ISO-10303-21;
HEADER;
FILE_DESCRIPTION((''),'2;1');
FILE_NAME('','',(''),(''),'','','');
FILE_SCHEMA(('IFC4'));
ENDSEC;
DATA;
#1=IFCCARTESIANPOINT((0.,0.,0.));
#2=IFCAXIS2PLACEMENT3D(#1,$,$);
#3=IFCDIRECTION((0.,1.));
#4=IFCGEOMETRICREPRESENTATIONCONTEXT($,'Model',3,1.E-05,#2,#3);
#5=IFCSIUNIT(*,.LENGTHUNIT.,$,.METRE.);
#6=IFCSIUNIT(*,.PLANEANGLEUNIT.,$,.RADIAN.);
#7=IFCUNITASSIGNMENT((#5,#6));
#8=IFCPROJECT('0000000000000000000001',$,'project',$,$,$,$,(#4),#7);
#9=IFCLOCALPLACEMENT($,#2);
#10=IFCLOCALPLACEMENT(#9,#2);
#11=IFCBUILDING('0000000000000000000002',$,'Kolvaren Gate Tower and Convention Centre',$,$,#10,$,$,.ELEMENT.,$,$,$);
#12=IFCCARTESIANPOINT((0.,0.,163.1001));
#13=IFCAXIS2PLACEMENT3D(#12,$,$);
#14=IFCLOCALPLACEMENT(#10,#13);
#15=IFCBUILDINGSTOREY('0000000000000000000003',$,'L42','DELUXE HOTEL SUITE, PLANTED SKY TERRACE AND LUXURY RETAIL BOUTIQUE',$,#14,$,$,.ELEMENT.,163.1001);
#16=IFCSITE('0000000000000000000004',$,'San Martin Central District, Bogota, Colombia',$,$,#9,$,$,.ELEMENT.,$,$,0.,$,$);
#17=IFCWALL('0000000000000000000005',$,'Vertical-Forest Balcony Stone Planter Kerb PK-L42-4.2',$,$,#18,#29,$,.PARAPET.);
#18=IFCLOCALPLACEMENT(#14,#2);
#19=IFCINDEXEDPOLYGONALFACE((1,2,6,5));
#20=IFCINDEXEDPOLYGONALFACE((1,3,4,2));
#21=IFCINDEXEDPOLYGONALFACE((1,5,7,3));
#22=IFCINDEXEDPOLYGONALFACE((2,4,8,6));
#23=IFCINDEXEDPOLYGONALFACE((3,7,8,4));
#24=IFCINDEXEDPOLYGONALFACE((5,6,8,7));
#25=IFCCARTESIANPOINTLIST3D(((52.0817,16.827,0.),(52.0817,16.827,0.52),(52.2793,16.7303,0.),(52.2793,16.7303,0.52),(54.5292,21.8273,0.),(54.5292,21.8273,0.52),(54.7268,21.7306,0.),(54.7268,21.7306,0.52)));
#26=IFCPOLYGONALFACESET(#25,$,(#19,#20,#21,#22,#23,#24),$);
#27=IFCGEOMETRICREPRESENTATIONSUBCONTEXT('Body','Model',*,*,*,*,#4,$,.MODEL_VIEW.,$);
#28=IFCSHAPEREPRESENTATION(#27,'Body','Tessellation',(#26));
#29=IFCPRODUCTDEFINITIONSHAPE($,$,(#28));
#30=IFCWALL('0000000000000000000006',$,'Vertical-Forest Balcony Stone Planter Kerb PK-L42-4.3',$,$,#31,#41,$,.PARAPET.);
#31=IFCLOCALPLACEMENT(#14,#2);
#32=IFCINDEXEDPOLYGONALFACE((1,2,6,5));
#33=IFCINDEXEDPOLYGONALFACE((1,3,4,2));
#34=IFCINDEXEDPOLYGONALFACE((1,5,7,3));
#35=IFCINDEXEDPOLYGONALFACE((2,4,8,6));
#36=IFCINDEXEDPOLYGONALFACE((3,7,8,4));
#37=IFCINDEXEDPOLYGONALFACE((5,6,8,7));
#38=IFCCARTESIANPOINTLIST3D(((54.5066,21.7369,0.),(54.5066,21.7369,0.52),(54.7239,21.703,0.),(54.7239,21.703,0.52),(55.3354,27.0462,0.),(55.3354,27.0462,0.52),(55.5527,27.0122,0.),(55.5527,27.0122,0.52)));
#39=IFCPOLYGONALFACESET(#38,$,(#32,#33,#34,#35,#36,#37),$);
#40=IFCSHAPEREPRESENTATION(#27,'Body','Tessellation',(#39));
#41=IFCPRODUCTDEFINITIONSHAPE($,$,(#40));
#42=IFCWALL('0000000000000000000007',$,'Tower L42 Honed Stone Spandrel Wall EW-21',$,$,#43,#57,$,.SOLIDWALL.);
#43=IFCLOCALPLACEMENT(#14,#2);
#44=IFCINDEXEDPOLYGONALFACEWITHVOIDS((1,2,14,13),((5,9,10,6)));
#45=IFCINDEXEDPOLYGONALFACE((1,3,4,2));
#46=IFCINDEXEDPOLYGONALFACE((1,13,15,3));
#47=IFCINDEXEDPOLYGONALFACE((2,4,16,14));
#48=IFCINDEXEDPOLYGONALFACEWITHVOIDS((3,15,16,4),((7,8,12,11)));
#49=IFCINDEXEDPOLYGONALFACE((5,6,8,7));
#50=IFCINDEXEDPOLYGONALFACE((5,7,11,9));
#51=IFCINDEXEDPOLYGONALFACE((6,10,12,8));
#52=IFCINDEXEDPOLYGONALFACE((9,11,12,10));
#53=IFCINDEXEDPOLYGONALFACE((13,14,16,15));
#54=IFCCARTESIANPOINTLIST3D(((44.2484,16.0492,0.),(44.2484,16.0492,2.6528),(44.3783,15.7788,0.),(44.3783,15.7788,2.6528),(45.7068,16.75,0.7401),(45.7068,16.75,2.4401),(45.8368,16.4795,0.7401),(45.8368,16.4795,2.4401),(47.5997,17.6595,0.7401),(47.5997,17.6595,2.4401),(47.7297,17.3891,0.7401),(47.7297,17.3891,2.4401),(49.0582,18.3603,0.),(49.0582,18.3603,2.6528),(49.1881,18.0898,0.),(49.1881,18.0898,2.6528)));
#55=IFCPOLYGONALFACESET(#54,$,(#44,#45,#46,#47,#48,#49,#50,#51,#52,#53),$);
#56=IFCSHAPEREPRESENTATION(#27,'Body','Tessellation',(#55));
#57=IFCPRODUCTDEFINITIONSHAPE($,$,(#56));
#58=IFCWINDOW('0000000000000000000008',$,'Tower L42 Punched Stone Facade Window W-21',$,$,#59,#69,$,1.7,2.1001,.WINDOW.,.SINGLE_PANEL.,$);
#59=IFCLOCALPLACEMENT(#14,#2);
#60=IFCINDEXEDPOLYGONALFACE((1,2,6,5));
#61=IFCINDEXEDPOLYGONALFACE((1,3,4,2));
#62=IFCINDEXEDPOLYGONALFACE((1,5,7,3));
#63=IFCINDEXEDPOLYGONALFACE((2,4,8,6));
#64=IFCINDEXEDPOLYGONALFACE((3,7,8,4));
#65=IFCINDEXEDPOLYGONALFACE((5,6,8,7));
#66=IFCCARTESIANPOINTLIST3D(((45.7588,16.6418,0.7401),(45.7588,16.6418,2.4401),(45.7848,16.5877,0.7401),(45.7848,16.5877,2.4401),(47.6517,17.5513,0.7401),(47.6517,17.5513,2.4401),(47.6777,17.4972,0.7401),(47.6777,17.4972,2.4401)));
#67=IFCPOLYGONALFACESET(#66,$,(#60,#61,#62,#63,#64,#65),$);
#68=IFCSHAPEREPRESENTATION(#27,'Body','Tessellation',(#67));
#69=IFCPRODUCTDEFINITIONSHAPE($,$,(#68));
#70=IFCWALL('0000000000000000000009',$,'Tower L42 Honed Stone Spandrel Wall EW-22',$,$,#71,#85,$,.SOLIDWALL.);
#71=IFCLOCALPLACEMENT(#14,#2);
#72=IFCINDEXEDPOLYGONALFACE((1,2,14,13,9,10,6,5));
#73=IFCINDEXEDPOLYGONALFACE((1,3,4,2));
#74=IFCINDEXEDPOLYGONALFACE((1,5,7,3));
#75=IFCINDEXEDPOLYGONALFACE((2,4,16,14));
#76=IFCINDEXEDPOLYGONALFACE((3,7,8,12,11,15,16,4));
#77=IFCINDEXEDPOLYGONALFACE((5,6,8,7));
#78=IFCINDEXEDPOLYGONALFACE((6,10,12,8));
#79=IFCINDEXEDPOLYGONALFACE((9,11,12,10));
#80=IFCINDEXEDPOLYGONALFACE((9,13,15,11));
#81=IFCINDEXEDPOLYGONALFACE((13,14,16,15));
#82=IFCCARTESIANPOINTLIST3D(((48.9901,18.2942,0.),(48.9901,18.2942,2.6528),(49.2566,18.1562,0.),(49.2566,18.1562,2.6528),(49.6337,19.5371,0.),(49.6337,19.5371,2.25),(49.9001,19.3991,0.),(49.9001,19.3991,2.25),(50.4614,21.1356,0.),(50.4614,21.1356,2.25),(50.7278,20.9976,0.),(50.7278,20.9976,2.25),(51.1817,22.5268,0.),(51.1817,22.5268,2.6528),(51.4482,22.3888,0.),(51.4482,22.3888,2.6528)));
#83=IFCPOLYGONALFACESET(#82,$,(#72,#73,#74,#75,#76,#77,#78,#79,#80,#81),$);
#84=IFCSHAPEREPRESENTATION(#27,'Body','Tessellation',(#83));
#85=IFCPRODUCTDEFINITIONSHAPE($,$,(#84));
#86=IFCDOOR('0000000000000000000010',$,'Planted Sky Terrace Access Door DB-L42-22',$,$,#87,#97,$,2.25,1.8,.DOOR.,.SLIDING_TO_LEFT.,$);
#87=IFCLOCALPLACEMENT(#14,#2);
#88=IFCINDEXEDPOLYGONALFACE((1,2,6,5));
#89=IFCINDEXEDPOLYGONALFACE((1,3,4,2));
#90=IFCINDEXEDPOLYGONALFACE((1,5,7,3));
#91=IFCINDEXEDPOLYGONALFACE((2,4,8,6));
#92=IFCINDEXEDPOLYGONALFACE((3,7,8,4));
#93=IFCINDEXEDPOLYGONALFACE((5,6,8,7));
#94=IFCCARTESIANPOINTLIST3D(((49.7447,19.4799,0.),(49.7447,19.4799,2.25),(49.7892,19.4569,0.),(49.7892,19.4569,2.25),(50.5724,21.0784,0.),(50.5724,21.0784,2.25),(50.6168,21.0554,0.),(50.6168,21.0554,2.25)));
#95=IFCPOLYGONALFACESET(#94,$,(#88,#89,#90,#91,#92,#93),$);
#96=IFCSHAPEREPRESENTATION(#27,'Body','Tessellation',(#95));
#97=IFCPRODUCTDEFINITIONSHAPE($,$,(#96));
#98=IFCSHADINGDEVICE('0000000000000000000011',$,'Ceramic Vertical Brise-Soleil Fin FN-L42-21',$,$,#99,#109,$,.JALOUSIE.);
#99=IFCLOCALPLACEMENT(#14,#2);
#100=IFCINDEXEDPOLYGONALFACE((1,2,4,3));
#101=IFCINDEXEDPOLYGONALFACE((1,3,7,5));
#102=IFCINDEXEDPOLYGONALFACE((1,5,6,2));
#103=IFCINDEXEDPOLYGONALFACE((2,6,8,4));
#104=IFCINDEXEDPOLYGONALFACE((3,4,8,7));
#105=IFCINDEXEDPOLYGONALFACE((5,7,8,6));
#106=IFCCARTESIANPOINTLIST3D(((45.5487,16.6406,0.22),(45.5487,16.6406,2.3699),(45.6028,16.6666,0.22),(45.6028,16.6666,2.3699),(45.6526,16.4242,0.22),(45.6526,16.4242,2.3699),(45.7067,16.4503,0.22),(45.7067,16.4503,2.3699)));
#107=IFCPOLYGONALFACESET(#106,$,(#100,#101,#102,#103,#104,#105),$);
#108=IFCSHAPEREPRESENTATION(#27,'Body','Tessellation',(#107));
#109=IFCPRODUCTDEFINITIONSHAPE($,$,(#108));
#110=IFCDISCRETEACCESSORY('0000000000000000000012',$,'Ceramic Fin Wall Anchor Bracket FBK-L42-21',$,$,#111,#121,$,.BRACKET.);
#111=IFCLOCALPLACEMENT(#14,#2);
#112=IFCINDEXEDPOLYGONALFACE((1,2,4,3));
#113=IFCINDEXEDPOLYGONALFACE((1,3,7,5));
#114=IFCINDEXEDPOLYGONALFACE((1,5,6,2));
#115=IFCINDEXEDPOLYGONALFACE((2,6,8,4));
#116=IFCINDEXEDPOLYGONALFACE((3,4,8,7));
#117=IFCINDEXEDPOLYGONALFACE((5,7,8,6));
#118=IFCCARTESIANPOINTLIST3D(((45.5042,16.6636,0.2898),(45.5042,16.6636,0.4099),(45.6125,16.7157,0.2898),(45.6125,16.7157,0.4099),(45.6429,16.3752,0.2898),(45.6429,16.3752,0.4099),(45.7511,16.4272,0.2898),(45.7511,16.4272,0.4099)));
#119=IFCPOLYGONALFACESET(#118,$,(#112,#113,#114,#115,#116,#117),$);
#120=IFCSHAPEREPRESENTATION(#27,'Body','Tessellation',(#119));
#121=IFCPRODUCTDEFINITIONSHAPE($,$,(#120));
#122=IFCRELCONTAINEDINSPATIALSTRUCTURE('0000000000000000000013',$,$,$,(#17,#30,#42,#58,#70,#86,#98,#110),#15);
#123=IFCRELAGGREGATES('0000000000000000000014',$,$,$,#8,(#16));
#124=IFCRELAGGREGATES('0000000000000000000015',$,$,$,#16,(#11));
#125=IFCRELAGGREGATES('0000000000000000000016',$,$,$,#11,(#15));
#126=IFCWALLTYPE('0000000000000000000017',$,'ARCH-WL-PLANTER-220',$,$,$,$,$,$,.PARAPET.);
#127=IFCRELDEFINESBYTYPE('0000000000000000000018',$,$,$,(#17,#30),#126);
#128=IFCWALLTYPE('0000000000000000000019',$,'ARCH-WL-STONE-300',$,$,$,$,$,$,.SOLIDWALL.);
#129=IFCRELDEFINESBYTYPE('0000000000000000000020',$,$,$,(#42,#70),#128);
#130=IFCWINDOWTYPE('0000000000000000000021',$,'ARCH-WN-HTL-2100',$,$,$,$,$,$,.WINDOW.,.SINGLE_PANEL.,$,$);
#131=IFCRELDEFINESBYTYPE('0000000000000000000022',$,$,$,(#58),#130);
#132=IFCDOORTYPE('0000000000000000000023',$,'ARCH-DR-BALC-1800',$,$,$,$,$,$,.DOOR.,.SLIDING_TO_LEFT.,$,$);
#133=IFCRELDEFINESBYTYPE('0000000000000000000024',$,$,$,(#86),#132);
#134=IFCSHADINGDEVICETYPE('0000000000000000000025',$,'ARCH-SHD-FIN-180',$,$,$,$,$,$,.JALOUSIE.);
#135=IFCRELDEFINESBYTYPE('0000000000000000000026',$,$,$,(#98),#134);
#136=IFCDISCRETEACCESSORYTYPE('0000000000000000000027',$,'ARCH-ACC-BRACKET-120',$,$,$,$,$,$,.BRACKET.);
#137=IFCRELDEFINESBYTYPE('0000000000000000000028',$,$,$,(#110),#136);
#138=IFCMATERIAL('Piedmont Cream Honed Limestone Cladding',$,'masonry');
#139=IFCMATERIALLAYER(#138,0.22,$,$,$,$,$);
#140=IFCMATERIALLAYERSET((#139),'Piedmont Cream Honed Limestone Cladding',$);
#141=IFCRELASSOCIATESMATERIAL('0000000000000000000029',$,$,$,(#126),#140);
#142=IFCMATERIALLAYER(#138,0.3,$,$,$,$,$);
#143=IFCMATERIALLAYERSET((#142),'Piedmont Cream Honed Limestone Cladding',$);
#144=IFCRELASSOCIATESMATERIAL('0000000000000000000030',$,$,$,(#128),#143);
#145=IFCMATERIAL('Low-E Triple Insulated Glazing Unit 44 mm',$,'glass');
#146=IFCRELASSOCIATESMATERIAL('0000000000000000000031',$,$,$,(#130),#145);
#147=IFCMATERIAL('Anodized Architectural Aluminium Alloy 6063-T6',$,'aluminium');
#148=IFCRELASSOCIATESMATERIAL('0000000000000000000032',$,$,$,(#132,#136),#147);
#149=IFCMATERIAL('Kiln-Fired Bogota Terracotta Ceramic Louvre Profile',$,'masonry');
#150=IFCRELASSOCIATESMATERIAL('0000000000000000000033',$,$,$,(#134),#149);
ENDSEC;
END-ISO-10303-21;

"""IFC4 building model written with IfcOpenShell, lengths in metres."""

from ifc_helpers import new_model, si_unit, direction, frame, frame_2d, origin, origin_2d, place, context, subcontext, project, spatial, rectangle, extrude, material, layer, layer_set, type_object, element, fill, save


model = new_model("IFC4")

# Units and contexts
model_context = context("Model", 3, precision=1e-05, world=origin(), true_north=direction((0.0, 1.0)))
body_context = subcontext(model_context, "Body", "Model", "MODEL_VIEW")
ifc_project = project(units=[si_unit("LENGTHUNIT", "METRE"), si_unit("PLANEANGLEUNIT", "RADIAN")], contexts=[model_context])

# Site, building, storey
site_placement = place(None, origin())
site = spatial("IfcSite", under=ifc_project, at=site_placement, Name="San Martin Central District, Bogota, Colombia", CompositionType="ELEMENT", RefElevation=0.0)
building_placement = place(site_placement, origin())
building = spatial("IfcBuilding", under=site, at=building_placement, Name="Kolvaren Gate Tower and Convention Centre", CompositionType="ELEMENT")
storey_placement = place(building_placement, frame((0.0, 0.0, 163.1001)))
storey = spatial("IfcBuildingStorey", under=building, at=storey_placement, Name="L42", Description="DELUXE HOTEL SUITE, PLANTED SKY TERRACE AND LUXURY RETAIL BOUTIQUE", CompositionType="ELEMENT", Elevation=163.1001)

# Shared definitions
ifc_material_1 = material(Name="Anodized Architectural Aluminium Alloy 6063-T6", Category="aluminium")

# Shared definitions
ifc_material_2 = material(Name="Low-E Triple Insulated Glazing Unit 44 mm", Category="glass")

# Walls
ifc_material_3 = material(Name="Piedmont Cream Honed Limestone Cladding", Category="masonry")
ifc_layer_1 = layer(ifc_material_3, 0.22)
ifc_layer_set_1 = layer_set([ifc_layer_1], Name="Piedmont Cream Honed Limestone Cladding")
wall_type_1 = type_object("IfcWallType", Name="ARCH-WL-PLANTER-220", PredefinedType="PARAPET", material=ifc_layer_set_1)
wall_1_placement = place(storey_placement, frame((52.1804, 16.7786, 0.0), z_axis=(0.0, 0.0, 1.0), x_axis=(0.439637, 0.898175, 0.0)))
element("IfcWall", 1, at=wall_1_placement, inside=storey, type_object=wall_type_1, Name="Vertical-Forest Balcony Stone Planter Kerb PK-L42-4.2", PredefinedType="PARAPET", context=body_context, shape_type="SweptSolid", body=[
    extrude(rectangle(XDim=5.5671, YDim=0.22, at=frame_2d((2.7837, 0.0))), origin(), (0.0, 0.0, 1.0), 0.52),
])
wall_2_placement = place(storey_placement, frame((54.6152, 21.72, 0.0), z_axis=(0.0, 0.0, 1.0), x_axis=(0.154245, 0.988033, 0.0)))
element("IfcWall", 2, at=wall_2_placement, inside=storey, type_object=wall_type_1, Name="Vertical-Forest Balcony Stone Planter Kerb PK-L42-4.3", PredefinedType="PARAPET", context=body_context, shape_type="SweptSolid", body=[
    extrude(rectangle(XDim=5.3735, YDim=0.22, at=frame_2d((2.6868, 0.0))), origin(), (0.0, 0.0, 1.0), 0.52),
])

# Wall, opening, window
ifc_layer_2 = layer(ifc_material_3, 0.3)
ifc_layer_set_2 = layer_set([ifc_layer_2], Name="Piedmont Cream Honed Limestone Cladding")
wall_type_2 = type_object("IfcWallType", Name="ARCH-WL-STONE-300", PredefinedType="SOLIDWALL", material=ifc_layer_set_2)
wall_3_placement = place(storey_placement, frame((44.3135, 15.9141, 0.0), z_axis=(0.0, 0.0, 1.0), x_axis=(0.901353, 0.433085, 0.0)))
wall_3 = element("IfcWall", 3, at=wall_3_placement, inside=storey, type_object=wall_type_2, Name="Tower L42 Honed Stone Spandrel Wall EW-21", PredefinedType="SOLIDWALL", context=body_context, shape_type="SweptSolid", body=[
    extrude(rectangle(XDim=5.3362, YDim=0.3, at=frame_2d((2.668, 0.0))), origin(), (0.0, 0.0, 1.0), 2.6528),
])
opening_1_placement = place(wall_3_placement, frame((1.6179, 0.0, 0.74)))
opening_1 = element("IfcOpeningElement", 4, at=opening_1_placement, cuts=wall_3, PredefinedType="OPENING", context=body_context, shape_type="SweptSolid", body=[
    extrude(rectangle(XDim=2.1001, YDim=1.7, at=frame_2d((1.05, 0.8501))), frame((0.0, 0.1599, 0.0), z_axis=(0.0, -1.0, 0.0), x_axis=(1.0, 0.0, 0.0)), (0.0, 0.0, 1.0), 0.3201),
])
window_type = type_object("IfcWindowType", Name="ARCH-WN-HTL-2100", PartitioningType="SINGLE_PANEL", PredefinedType="WINDOW", material=ifc_material_2)
window_placement = place(opening_1_placement, origin())
window = element("IfcWindow", 5, at=window_placement, inside=storey, type_object=window_type, Name="Tower L42 Punched Stone Facade Window W-21", OverallHeight=1.7, OverallWidth=2.1001, PartitioningType="SINGLE_PANEL", PredefinedType="WINDOW", context=body_context, shape_type="SweptSolid", body=[
    extrude(rectangle(XDim=2.1001, YDim=1.7, at=frame_2d((1.05, 0.8501))), frame((0.0, 0.03, 0.0), z_axis=(0.0, -1.0, 0.0), x_axis=(1.0, 0.0, 0.0)), (0.0, 0.0, 1.0), 0.0601),
])
fill(opening_1, window)

# Wall, opening, door
wall_4_placement = place(storey_placement, frame((49.1233, 18.2251, 0.0), z_axis=(0.0, 0.0, 1.0), x_axis=(0.45981, 0.888017, 0.0)))
wall_4 = element("IfcWall", 6, at=wall_4_placement, inside=storey, type_object=wall_type_2, Name="Tower L42 Honed Stone Spandrel Wall EW-22", PredefinedType="SOLIDWALL", context=body_context, shape_type="SweptSolid", body=[
    extrude(rectangle(XDim=4.7664, YDim=0.3, at=frame_2d((2.3833, 0.0))), origin(), (0.0, 0.0, 1.0), 2.6528),
])
opening_2_placement = place(wall_4_placement, frame((1.3999, 0.0, 0.0)))
opening_2 = element("IfcOpeningElement", 7, at=opening_2_placement, cuts=wall_4, PredefinedType="OPENING", context=body_context, shape_type="SweptSolid", body=[
    extrude(rectangle(XDim=1.8, YDim=2.25, at=frame_2d((0.8999, 1.125))), frame((0.0, 0.1599, 0.0), z_axis=(0.0, -1.0, 0.0), x_axis=(1.0, 0.0, 0.0)), (0.0, 0.0, 1.0), 0.3201),
])
door_type_1 = type_object("IfcDoorType", Name="ARCH-DR-BALC-1800", OperationType="SLIDING_TO_LEFT", PredefinedType="DOOR", material=ifc_material_1)
door_1_placement = place(opening_2_placement, frame((1.8, 0.0, 0.0), z_axis=(0.0, 0.0, 1.0), x_axis=(-1.0, 0.0, 0.0)))
door_1 = element("IfcDoor", 8, at=door_1_placement, inside=storey, type_object=door_type_1, Name="Planted Sky Terrace Access Door DB-L42-22", OperationType="SLIDING_TO_LEFT", OverallHeight=2.25, OverallWidth=1.8, PredefinedType="DOOR", context=body_context, shape_type="SweptSolid", body=[
    extrude(rectangle(XDim=1.8, YDim=2.25, at=frame_2d((0.8999, 1.125))), frame((0.0, 0.0249, 0.0), z_axis=(0.0, -1.0, 0.0), x_axis=(1.0, 0.0, 0.0)), (0.0, 0.0, 1.0), 0.05),
])
fill(opening_2, door_1)

# Shading device
ifc_material_4 = material(Name="Kiln-Fired Bogota Terracotta Ceramic Louvre Profile", Category="masonry")
shading_device_type = type_object("IfcShadingDeviceType", Name="ARCH-SHD-FIN-180", PredefinedType="JALOUSIE", material=ifc_material_4)
shading_device_placement = place(storey_placement, frame((45.6277, 16.5454, 0.22), z_axis=(0.0, 0.0, 1.0), x_axis=(0.901358, 0.433074, 0.0)))
element("IfcShadingDevice", 9, at=shading_device_placement, inside=storey, type_object=shading_device_type, Name="Ceramic Vertical Brise-Soleil Fin FN-L42-21", PredefinedType="JALOUSIE", context=body_context, shape_type="SweptSolid", body=[
    extrude(rectangle(XDim=0.0601, YDim=0.24, at=origin_2d()), origin(), (0.0, 0.0, 1.0), 2.1499),
])

# Discrete accessory
discrete_accessory_type = type_object("IfcDiscreteAccessoryType", Name="ARCH-ACC-BRACKET-120", PredefinedType="BRACKET", material=ifc_material_1)
discrete_accessory_placement = place(storey_placement, frame((45.6277, 16.5454, 0.2898), z_axis=(0.0, 0.0, 1.0), x_axis=(0.901358, 0.433074, 0.0)))
element("IfcDiscreteAccessory", 10, at=discrete_accessory_placement, inside=storey, type_object=discrete_accessory_type, Name="Ceramic Fin Wall Anchor Bracket FBK-L42-21", PredefinedType="BRACKET", context=body_context, shape_type="SweptSolid", body=[
    extrude(rectangle(XDim=0.1201, YDim=0.3201, at=origin_2d()), origin(), (0.0, 0.0, 1.0), 0.1201),
])

save(model, "model.ifc")
